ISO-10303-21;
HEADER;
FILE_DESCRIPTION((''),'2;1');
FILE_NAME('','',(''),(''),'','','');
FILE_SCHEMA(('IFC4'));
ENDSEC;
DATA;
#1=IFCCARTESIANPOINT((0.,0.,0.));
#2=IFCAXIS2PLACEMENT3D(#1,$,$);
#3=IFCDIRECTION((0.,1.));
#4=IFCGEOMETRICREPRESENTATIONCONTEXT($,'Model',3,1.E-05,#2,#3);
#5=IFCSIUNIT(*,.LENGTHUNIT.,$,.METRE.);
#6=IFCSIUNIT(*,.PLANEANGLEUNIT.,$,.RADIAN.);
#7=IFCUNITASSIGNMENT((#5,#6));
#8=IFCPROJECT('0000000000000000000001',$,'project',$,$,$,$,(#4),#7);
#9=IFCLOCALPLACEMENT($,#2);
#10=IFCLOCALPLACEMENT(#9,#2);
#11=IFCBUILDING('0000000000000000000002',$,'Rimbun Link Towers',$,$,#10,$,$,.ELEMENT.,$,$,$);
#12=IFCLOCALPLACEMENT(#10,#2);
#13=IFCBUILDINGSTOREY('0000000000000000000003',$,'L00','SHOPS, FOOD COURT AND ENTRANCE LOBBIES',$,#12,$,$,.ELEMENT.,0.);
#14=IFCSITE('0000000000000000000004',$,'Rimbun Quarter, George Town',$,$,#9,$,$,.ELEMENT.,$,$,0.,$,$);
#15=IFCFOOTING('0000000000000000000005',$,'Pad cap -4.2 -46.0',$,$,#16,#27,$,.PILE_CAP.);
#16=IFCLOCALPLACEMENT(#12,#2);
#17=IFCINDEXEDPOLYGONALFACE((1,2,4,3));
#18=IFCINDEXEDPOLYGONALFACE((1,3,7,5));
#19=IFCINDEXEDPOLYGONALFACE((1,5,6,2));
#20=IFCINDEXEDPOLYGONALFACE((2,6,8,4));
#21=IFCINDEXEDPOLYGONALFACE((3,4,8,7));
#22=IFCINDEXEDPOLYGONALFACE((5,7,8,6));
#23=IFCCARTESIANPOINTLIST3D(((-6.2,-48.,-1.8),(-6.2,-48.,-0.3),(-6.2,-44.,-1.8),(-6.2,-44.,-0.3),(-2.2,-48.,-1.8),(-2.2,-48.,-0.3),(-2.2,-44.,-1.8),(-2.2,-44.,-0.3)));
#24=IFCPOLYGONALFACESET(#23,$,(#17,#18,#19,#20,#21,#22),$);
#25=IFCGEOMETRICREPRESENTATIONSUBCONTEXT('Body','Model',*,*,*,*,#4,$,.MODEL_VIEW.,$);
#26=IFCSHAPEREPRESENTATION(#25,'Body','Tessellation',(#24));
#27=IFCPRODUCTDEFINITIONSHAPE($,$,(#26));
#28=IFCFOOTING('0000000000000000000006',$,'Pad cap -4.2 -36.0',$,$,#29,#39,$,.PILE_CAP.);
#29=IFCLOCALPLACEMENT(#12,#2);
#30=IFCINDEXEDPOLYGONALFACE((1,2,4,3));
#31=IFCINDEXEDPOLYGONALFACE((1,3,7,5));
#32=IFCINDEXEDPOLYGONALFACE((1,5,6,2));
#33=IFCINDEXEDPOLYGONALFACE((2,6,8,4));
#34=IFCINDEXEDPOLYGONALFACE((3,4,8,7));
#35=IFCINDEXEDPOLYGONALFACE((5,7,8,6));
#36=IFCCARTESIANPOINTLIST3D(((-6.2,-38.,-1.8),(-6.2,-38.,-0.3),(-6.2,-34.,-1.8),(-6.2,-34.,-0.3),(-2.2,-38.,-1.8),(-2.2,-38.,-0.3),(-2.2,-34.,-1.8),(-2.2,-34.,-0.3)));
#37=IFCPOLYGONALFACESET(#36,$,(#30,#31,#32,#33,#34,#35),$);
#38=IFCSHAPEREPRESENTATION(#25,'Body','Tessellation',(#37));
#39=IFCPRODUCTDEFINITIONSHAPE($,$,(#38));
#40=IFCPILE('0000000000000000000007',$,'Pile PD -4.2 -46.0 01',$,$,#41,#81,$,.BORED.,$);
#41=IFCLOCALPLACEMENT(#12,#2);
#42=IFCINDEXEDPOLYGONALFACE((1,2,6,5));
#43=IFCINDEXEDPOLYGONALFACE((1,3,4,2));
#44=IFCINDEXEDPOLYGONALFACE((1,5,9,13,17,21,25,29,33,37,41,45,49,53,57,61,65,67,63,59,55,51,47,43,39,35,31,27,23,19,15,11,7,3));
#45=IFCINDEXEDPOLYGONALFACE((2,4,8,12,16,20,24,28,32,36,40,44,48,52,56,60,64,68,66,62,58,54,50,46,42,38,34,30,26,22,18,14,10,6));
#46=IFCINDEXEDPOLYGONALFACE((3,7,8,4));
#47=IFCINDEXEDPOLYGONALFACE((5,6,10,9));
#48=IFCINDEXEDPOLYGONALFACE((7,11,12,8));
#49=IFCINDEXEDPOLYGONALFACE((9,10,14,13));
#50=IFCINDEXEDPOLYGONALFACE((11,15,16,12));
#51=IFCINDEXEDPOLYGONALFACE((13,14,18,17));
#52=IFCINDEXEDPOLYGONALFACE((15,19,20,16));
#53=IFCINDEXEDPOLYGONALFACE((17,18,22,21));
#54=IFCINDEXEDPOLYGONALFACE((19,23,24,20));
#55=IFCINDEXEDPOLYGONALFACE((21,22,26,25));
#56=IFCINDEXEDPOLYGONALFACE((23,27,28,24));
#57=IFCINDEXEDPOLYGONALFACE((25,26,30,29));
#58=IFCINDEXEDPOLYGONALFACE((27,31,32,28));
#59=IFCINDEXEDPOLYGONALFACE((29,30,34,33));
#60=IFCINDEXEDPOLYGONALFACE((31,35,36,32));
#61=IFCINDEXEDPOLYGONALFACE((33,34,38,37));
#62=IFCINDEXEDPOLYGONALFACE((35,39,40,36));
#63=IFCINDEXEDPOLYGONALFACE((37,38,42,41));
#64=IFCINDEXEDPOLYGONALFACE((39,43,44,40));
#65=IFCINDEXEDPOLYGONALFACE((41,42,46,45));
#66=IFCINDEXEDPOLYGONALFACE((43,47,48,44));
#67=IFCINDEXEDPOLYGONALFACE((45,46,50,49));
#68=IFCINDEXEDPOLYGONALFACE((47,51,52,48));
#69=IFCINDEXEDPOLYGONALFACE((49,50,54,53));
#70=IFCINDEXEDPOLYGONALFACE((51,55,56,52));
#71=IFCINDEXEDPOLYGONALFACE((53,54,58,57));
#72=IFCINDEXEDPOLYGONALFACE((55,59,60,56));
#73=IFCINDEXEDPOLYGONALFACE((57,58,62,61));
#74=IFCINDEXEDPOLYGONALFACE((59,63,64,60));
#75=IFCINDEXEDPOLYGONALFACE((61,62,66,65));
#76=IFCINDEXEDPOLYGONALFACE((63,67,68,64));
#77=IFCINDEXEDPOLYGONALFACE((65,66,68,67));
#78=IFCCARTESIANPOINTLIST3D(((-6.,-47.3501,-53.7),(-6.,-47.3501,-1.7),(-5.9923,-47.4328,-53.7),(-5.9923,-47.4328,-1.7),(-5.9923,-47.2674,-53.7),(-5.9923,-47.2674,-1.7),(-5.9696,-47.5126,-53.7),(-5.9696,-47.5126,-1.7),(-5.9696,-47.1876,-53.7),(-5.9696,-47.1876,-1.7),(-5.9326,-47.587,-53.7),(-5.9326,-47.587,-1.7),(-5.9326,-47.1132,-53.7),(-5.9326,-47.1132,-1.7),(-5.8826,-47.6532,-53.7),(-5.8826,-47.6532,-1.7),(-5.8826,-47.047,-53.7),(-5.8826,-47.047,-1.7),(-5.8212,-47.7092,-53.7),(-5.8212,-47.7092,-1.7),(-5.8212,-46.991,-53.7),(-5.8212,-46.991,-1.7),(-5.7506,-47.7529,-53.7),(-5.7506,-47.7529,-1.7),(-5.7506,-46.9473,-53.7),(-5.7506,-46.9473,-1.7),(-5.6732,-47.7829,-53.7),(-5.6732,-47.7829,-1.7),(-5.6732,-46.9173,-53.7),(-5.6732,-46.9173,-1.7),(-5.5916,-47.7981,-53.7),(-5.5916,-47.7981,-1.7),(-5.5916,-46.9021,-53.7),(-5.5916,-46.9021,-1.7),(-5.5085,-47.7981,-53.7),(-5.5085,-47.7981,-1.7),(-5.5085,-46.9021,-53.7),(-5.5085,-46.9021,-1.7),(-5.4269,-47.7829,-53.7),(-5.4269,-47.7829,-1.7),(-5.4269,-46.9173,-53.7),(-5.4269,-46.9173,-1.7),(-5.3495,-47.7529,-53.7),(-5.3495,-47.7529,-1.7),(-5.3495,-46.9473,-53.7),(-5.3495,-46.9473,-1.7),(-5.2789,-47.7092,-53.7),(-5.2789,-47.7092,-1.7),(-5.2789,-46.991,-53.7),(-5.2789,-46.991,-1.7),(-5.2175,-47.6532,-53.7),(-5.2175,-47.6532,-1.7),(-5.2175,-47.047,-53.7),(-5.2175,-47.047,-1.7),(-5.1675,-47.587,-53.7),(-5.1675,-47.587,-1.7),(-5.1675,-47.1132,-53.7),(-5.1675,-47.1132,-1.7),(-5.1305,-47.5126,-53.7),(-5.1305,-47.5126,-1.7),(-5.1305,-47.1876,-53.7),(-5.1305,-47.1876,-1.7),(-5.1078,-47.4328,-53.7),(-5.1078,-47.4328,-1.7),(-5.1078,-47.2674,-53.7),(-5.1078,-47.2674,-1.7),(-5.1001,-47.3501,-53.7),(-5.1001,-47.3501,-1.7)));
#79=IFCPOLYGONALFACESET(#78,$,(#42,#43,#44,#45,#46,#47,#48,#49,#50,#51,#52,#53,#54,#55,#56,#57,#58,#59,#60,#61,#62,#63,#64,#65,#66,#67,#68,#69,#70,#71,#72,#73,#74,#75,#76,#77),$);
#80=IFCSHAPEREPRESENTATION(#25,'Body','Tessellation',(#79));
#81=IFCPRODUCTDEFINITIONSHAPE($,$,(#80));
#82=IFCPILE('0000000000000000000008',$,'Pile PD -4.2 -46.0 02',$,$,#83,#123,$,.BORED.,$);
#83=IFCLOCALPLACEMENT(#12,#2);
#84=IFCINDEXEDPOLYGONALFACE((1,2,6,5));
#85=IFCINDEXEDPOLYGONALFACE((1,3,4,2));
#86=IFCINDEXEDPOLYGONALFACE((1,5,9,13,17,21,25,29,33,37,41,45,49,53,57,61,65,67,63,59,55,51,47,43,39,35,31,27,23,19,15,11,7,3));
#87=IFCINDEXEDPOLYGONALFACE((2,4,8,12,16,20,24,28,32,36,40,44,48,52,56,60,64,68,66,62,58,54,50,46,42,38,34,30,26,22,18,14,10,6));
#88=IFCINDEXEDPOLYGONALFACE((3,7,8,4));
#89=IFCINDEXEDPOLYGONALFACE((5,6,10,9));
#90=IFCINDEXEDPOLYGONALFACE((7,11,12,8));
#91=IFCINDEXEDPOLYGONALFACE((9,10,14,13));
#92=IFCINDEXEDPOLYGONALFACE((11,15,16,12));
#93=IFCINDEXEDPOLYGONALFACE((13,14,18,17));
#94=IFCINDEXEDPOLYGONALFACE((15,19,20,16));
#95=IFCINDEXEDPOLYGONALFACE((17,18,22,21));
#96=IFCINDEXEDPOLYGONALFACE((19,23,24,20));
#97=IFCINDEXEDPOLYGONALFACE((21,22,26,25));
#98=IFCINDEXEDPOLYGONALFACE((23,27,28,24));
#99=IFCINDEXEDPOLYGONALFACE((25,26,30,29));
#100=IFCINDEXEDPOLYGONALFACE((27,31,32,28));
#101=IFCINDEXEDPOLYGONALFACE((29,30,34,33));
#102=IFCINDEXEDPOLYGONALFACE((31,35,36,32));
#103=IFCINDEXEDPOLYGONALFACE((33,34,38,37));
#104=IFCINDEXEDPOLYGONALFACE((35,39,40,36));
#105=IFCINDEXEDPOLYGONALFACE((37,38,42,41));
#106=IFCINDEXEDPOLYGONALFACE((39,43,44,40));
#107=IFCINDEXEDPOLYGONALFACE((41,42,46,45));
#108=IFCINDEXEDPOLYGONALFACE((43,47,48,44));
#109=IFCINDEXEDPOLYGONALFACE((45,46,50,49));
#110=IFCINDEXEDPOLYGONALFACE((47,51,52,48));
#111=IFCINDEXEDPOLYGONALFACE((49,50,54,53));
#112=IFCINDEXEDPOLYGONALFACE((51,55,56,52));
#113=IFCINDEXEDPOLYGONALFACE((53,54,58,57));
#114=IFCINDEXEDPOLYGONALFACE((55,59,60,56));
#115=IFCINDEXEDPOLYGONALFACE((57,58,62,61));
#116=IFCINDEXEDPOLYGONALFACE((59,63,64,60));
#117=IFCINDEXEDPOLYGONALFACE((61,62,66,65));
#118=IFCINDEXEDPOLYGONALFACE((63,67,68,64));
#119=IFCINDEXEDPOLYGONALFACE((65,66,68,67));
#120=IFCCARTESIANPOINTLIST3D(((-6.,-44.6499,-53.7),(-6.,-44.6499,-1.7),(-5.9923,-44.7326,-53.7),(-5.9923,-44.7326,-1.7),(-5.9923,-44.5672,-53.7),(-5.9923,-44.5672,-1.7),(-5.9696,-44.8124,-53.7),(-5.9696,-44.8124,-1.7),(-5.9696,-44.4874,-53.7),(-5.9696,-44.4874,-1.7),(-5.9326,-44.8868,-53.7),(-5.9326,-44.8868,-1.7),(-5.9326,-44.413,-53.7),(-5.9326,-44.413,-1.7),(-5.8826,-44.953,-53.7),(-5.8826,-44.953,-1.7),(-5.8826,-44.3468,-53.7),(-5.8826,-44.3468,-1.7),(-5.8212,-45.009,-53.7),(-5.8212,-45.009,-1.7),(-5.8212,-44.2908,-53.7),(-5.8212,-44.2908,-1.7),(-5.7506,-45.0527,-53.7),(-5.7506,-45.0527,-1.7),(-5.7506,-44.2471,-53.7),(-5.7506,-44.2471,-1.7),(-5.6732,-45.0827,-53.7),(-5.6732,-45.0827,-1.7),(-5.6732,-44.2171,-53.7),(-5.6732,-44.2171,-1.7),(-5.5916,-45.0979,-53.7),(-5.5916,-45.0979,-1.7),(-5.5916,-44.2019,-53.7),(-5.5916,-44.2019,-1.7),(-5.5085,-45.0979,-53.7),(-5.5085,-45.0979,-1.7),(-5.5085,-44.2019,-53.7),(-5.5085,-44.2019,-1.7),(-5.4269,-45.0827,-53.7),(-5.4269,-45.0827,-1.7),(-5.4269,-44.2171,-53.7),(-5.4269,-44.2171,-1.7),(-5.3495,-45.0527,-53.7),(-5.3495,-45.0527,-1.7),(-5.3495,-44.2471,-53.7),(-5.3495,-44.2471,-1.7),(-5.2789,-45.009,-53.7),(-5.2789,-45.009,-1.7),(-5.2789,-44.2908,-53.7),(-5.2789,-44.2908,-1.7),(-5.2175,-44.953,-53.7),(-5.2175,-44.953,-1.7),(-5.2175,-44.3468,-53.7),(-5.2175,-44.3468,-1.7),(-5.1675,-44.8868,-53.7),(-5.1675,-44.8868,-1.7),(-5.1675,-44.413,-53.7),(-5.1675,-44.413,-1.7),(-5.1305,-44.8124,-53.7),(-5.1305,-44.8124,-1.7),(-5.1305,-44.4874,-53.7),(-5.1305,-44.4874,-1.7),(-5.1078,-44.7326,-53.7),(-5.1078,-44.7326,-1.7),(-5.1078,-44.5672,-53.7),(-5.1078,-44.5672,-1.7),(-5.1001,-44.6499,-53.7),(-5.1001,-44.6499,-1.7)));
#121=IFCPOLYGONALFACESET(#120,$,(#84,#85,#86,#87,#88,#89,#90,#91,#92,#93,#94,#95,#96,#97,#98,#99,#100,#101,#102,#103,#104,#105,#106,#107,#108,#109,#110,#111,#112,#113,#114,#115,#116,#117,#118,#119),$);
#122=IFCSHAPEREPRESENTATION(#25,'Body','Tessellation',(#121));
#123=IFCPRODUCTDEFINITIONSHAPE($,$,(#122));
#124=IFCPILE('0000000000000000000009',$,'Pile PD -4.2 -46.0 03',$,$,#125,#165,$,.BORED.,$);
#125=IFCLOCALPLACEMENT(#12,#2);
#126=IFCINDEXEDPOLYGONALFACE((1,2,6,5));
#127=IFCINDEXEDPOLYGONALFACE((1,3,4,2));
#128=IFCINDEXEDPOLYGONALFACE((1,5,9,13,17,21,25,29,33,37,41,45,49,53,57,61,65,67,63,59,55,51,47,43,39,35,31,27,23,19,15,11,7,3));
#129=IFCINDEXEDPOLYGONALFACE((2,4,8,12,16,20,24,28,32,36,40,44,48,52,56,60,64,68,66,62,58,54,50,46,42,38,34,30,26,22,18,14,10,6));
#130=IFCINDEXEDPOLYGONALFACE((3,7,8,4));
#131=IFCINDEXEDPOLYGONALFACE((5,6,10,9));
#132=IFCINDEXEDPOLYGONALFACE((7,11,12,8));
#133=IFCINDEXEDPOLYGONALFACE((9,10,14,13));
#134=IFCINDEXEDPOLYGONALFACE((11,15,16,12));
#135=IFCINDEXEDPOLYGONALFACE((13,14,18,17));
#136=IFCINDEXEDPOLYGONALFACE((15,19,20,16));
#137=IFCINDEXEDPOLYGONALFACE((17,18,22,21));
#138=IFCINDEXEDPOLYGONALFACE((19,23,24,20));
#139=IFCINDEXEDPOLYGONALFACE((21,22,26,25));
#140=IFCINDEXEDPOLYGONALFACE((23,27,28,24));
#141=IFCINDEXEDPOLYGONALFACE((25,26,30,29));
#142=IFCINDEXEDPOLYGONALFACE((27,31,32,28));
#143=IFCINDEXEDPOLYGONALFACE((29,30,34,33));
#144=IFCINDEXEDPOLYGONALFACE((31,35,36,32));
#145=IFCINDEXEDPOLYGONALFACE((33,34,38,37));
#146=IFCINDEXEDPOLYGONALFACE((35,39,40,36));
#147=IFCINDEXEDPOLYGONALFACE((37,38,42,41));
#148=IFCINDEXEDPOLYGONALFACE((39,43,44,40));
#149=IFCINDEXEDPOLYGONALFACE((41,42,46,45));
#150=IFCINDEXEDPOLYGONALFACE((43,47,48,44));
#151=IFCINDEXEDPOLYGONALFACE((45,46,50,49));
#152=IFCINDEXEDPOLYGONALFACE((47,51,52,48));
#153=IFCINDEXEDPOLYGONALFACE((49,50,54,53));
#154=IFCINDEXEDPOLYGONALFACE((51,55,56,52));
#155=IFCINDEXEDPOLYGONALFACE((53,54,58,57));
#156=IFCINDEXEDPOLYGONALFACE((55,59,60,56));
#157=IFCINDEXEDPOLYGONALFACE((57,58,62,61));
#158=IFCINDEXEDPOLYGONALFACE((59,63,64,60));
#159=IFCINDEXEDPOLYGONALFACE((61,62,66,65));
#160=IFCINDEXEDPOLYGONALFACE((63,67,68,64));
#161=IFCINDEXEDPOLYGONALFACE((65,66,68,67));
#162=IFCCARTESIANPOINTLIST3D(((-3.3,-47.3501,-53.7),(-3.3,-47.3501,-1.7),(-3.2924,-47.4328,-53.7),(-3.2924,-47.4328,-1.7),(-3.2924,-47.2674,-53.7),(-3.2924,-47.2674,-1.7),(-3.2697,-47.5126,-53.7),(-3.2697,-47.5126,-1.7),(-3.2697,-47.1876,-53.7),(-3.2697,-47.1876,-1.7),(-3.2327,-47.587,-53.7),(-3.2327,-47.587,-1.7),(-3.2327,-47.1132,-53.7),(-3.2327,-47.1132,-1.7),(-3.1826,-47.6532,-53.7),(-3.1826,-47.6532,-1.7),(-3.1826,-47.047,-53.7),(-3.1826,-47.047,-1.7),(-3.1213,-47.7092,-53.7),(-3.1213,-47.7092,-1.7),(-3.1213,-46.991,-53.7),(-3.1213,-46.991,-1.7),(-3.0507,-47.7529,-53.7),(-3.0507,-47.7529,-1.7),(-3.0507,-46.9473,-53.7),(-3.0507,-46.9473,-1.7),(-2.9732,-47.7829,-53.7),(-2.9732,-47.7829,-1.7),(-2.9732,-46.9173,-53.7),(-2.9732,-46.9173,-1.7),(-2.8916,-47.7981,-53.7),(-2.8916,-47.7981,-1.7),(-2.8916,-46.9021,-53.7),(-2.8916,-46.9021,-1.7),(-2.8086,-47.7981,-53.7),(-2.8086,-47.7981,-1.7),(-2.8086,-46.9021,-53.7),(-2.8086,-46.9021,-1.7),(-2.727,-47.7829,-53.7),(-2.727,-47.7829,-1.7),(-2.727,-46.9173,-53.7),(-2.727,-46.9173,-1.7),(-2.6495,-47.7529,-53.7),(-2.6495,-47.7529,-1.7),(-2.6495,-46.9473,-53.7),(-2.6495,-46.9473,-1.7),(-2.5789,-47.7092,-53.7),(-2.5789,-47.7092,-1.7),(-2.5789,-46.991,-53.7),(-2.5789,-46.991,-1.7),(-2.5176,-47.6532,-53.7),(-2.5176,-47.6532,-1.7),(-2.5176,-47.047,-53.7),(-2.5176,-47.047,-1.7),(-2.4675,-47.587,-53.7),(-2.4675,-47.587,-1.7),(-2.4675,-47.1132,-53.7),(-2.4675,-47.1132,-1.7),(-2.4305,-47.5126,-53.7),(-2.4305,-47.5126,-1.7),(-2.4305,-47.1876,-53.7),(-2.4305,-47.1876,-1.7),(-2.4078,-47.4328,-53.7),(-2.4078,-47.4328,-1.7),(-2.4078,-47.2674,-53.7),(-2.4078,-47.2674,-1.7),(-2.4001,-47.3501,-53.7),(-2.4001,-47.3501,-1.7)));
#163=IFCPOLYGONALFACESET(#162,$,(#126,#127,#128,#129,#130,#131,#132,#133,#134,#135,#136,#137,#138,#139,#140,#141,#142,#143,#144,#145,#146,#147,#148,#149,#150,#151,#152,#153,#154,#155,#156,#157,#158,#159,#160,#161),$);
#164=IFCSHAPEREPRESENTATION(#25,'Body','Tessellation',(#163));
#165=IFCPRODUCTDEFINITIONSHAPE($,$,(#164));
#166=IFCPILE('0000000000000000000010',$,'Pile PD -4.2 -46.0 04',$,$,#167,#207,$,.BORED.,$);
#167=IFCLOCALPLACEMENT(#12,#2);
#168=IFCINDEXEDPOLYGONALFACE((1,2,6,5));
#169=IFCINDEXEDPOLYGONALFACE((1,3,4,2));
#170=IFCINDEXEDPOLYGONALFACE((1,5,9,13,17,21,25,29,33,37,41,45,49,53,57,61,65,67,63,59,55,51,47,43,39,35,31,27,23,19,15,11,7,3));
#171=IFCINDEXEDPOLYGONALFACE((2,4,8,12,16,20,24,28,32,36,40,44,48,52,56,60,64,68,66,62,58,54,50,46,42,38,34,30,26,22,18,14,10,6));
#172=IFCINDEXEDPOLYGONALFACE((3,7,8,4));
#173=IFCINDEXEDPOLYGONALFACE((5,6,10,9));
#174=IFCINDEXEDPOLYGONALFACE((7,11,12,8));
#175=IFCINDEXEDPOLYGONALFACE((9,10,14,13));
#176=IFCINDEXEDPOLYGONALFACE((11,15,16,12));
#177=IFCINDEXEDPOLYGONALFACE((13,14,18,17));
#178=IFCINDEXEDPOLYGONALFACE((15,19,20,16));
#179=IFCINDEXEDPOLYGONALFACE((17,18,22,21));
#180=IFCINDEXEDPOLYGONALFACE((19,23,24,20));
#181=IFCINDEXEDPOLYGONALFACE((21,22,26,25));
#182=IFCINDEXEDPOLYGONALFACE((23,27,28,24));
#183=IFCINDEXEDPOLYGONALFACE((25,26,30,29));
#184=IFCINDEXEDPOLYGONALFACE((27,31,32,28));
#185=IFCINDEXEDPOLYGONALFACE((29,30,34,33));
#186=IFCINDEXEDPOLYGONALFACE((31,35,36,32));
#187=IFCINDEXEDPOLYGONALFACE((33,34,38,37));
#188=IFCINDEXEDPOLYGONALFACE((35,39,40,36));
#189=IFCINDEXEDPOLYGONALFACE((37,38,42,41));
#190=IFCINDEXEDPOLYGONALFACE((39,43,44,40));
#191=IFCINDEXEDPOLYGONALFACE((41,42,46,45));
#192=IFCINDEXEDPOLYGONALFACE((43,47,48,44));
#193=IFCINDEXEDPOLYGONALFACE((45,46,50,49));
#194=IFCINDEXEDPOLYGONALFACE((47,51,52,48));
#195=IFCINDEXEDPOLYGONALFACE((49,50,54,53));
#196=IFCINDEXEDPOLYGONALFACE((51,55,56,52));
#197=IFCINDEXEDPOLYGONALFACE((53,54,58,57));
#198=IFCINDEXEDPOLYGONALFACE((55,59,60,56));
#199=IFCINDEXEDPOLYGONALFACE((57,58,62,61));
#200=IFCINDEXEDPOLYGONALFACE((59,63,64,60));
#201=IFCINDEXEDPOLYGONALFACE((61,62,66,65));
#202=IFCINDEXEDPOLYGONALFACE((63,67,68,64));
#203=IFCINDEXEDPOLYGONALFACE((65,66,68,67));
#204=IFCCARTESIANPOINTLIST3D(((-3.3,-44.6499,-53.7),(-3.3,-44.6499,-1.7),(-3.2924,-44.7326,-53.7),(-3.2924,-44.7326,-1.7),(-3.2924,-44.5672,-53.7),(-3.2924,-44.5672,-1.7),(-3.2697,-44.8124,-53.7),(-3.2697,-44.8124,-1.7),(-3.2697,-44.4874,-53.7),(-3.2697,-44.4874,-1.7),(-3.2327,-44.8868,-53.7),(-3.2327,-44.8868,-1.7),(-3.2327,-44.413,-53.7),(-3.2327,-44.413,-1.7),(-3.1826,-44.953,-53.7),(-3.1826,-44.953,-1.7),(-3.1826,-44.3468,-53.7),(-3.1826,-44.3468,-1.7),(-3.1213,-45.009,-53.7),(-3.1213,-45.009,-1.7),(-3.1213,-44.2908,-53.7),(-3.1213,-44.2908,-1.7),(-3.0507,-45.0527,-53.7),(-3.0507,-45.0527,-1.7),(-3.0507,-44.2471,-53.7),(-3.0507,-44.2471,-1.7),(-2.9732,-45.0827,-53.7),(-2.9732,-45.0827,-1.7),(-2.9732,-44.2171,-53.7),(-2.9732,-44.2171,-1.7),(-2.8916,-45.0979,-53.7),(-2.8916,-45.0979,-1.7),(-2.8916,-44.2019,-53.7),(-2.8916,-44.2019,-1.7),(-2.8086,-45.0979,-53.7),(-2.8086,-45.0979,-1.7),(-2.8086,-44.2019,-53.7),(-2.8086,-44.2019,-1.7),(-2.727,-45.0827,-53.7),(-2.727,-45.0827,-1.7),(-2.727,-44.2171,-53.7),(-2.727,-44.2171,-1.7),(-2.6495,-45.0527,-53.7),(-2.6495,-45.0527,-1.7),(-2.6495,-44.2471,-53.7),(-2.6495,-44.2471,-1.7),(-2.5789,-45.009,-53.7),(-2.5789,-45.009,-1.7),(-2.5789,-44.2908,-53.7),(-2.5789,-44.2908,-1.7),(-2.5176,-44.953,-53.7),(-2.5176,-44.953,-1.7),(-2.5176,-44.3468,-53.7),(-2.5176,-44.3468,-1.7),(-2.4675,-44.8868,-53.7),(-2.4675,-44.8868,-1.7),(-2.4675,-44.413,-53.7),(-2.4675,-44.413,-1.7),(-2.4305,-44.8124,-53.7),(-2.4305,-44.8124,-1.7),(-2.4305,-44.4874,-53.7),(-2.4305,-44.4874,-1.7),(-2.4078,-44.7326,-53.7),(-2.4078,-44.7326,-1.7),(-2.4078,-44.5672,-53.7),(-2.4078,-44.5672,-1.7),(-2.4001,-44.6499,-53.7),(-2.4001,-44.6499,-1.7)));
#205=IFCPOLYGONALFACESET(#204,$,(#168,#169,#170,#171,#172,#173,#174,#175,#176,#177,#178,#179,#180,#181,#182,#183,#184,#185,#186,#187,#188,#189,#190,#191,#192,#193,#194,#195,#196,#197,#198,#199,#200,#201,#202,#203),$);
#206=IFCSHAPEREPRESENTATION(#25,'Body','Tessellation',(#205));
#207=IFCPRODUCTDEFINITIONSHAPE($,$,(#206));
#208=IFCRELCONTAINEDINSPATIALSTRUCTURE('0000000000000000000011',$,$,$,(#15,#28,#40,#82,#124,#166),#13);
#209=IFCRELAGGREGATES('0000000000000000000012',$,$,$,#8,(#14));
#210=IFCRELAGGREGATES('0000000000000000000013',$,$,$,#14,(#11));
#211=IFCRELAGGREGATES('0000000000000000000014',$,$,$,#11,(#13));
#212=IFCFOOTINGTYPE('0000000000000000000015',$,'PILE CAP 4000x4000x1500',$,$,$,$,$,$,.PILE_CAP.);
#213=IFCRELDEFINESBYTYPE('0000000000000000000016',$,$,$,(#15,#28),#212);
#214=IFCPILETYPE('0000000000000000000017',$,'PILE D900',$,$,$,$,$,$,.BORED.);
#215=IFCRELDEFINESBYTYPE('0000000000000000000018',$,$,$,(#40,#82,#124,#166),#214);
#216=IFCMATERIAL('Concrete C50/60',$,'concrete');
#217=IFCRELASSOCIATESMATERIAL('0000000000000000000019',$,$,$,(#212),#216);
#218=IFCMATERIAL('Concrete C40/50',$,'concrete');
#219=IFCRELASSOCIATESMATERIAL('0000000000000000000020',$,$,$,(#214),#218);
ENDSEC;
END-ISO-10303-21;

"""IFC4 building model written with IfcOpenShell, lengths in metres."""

from ifc_helpers import new_model, si_unit, direction, frame, origin, origin_2d, place, context, subcontext, project, spatial, rectangle, circle, extrude, material, material_profile, profile_set, type_object, element, save


model = new_model("IFC4")

# Units and contexts
model_context = context("Model", 3, precision=1e-05, world=origin(), true_north=direction((0.0, 1.0)))
body_context = subcontext(model_context, "Body", "Model", "MODEL_VIEW")
ifc_project = project(units=[si_unit("LENGTHUNIT", "METRE"), si_unit("PLANEANGLEUNIT", "RADIAN")], contexts=[model_context])

# Site, building, storey
site_placement = place(None, origin())
site = spatial("IfcSite", under=ifc_project, at=site_placement, Name="Rimbun Quarter, George Town", CompositionType="ELEMENT", RefElevation=0.0)
building_placement = place(site_placement, origin())
building = spatial("IfcBuilding", under=site, at=building_placement, Name="Rimbun Link Towers", CompositionType="ELEMENT")
storey_placement = place(building_placement, origin())
storey = spatial("IfcBuildingStorey", under=building, at=storey_placement, Name="L00", Description="SHOPS, FOOD COURT AND ENTRANCE LOBBIES", CompositionType="ELEMENT", Elevation=0.0)

# Footings
ifc_material_1 = material(Name="Concrete C50/60", Category="concrete")
footing_type = type_object("IfcFootingType", Name="PILE CAP 4000x4000x1500", PredefinedType="PILE_CAP", material=ifc_material_1)
for number, where, z_axis, x_axis, name in (
    (1, (-4.2, -46.0, -1.8), (0.0, 0.0, 1.0), (1.0, 0.0, 0.0), "Pad cap -4.2 -46.0"),
    (2, (-4.2, -36.0, -1.8), (0.0, 0.0, 1.0), (1.0, 0.0, 0.0), "Pad cap -4.2 -36.0"),
):
    element("IfcFooting", number, at=place(storey_placement, frame(where, z_axis=z_axis, x_axis=x_axis)), inside=storey, type_object=footing_type, Name=name, PredefinedType="PILE_CAP", context=body_context, shape_type="SweptSolid", body=[
        extrude(rectangle(XDim=4.0, YDim=4.0, at=origin_2d()), origin(), (0.0, 0.0, 1.0), 1.5),
    ])

# Piles
ifc_material_2 = material(Name="Concrete C40/50", Category="concrete")
ifc_material_profile_1 = material_profile(ifc_material_2, circle(Radius=0.45, at=origin_2d()), Name="PILE D900")
ifc_profile_set_1 = profile_set([ifc_material_profile_1], Name="Concrete C40/50")
pile_type = type_object("IfcPileType", Name="PILE D900", PredefinedType="BORED", material=ifc_profile_set_1)
for number, where, z_axis, x_axis, name in (
    (3, (-5.55, -47.3501, -1.7), (0.0, 0.0, -1.0), (1.0, 0.0, 0.0), "Pile PD -4.2 -46.0 01"),
    (4, (-5.55, -44.6499, -1.7), (0.0, 0.0, -1.0), (1.0, 0.0, 0.0), "Pile PD -4.2 -46.0 02"),
    (5, (-2.8501, -47.3501, -1.7), (0.0, 0.0, -1.0), (1.0, 0.0, 0.0), "Pile PD -4.2 -46.0 03"),
    (6, (-2.8501, -44.6499, -1.7), (0.0, 0.0, -1.0), (1.0, 0.0, 0.0), "Pile PD -4.2 -46.0 04"),
):
    element("IfcPile", number, at=place(storey_placement, frame(where, z_axis=z_axis, x_axis=x_axis)), inside=storey, type_object=pile_type, Name=name, PredefinedType="BORED", context=body_context, shape_type="SweptSolid", body=[
        extrude(circle(Radius=0.45, at=origin_2d()), origin(), (0.0, 0.0, 1.0), 52.0),
    ])

save(model, "model.ifc")
